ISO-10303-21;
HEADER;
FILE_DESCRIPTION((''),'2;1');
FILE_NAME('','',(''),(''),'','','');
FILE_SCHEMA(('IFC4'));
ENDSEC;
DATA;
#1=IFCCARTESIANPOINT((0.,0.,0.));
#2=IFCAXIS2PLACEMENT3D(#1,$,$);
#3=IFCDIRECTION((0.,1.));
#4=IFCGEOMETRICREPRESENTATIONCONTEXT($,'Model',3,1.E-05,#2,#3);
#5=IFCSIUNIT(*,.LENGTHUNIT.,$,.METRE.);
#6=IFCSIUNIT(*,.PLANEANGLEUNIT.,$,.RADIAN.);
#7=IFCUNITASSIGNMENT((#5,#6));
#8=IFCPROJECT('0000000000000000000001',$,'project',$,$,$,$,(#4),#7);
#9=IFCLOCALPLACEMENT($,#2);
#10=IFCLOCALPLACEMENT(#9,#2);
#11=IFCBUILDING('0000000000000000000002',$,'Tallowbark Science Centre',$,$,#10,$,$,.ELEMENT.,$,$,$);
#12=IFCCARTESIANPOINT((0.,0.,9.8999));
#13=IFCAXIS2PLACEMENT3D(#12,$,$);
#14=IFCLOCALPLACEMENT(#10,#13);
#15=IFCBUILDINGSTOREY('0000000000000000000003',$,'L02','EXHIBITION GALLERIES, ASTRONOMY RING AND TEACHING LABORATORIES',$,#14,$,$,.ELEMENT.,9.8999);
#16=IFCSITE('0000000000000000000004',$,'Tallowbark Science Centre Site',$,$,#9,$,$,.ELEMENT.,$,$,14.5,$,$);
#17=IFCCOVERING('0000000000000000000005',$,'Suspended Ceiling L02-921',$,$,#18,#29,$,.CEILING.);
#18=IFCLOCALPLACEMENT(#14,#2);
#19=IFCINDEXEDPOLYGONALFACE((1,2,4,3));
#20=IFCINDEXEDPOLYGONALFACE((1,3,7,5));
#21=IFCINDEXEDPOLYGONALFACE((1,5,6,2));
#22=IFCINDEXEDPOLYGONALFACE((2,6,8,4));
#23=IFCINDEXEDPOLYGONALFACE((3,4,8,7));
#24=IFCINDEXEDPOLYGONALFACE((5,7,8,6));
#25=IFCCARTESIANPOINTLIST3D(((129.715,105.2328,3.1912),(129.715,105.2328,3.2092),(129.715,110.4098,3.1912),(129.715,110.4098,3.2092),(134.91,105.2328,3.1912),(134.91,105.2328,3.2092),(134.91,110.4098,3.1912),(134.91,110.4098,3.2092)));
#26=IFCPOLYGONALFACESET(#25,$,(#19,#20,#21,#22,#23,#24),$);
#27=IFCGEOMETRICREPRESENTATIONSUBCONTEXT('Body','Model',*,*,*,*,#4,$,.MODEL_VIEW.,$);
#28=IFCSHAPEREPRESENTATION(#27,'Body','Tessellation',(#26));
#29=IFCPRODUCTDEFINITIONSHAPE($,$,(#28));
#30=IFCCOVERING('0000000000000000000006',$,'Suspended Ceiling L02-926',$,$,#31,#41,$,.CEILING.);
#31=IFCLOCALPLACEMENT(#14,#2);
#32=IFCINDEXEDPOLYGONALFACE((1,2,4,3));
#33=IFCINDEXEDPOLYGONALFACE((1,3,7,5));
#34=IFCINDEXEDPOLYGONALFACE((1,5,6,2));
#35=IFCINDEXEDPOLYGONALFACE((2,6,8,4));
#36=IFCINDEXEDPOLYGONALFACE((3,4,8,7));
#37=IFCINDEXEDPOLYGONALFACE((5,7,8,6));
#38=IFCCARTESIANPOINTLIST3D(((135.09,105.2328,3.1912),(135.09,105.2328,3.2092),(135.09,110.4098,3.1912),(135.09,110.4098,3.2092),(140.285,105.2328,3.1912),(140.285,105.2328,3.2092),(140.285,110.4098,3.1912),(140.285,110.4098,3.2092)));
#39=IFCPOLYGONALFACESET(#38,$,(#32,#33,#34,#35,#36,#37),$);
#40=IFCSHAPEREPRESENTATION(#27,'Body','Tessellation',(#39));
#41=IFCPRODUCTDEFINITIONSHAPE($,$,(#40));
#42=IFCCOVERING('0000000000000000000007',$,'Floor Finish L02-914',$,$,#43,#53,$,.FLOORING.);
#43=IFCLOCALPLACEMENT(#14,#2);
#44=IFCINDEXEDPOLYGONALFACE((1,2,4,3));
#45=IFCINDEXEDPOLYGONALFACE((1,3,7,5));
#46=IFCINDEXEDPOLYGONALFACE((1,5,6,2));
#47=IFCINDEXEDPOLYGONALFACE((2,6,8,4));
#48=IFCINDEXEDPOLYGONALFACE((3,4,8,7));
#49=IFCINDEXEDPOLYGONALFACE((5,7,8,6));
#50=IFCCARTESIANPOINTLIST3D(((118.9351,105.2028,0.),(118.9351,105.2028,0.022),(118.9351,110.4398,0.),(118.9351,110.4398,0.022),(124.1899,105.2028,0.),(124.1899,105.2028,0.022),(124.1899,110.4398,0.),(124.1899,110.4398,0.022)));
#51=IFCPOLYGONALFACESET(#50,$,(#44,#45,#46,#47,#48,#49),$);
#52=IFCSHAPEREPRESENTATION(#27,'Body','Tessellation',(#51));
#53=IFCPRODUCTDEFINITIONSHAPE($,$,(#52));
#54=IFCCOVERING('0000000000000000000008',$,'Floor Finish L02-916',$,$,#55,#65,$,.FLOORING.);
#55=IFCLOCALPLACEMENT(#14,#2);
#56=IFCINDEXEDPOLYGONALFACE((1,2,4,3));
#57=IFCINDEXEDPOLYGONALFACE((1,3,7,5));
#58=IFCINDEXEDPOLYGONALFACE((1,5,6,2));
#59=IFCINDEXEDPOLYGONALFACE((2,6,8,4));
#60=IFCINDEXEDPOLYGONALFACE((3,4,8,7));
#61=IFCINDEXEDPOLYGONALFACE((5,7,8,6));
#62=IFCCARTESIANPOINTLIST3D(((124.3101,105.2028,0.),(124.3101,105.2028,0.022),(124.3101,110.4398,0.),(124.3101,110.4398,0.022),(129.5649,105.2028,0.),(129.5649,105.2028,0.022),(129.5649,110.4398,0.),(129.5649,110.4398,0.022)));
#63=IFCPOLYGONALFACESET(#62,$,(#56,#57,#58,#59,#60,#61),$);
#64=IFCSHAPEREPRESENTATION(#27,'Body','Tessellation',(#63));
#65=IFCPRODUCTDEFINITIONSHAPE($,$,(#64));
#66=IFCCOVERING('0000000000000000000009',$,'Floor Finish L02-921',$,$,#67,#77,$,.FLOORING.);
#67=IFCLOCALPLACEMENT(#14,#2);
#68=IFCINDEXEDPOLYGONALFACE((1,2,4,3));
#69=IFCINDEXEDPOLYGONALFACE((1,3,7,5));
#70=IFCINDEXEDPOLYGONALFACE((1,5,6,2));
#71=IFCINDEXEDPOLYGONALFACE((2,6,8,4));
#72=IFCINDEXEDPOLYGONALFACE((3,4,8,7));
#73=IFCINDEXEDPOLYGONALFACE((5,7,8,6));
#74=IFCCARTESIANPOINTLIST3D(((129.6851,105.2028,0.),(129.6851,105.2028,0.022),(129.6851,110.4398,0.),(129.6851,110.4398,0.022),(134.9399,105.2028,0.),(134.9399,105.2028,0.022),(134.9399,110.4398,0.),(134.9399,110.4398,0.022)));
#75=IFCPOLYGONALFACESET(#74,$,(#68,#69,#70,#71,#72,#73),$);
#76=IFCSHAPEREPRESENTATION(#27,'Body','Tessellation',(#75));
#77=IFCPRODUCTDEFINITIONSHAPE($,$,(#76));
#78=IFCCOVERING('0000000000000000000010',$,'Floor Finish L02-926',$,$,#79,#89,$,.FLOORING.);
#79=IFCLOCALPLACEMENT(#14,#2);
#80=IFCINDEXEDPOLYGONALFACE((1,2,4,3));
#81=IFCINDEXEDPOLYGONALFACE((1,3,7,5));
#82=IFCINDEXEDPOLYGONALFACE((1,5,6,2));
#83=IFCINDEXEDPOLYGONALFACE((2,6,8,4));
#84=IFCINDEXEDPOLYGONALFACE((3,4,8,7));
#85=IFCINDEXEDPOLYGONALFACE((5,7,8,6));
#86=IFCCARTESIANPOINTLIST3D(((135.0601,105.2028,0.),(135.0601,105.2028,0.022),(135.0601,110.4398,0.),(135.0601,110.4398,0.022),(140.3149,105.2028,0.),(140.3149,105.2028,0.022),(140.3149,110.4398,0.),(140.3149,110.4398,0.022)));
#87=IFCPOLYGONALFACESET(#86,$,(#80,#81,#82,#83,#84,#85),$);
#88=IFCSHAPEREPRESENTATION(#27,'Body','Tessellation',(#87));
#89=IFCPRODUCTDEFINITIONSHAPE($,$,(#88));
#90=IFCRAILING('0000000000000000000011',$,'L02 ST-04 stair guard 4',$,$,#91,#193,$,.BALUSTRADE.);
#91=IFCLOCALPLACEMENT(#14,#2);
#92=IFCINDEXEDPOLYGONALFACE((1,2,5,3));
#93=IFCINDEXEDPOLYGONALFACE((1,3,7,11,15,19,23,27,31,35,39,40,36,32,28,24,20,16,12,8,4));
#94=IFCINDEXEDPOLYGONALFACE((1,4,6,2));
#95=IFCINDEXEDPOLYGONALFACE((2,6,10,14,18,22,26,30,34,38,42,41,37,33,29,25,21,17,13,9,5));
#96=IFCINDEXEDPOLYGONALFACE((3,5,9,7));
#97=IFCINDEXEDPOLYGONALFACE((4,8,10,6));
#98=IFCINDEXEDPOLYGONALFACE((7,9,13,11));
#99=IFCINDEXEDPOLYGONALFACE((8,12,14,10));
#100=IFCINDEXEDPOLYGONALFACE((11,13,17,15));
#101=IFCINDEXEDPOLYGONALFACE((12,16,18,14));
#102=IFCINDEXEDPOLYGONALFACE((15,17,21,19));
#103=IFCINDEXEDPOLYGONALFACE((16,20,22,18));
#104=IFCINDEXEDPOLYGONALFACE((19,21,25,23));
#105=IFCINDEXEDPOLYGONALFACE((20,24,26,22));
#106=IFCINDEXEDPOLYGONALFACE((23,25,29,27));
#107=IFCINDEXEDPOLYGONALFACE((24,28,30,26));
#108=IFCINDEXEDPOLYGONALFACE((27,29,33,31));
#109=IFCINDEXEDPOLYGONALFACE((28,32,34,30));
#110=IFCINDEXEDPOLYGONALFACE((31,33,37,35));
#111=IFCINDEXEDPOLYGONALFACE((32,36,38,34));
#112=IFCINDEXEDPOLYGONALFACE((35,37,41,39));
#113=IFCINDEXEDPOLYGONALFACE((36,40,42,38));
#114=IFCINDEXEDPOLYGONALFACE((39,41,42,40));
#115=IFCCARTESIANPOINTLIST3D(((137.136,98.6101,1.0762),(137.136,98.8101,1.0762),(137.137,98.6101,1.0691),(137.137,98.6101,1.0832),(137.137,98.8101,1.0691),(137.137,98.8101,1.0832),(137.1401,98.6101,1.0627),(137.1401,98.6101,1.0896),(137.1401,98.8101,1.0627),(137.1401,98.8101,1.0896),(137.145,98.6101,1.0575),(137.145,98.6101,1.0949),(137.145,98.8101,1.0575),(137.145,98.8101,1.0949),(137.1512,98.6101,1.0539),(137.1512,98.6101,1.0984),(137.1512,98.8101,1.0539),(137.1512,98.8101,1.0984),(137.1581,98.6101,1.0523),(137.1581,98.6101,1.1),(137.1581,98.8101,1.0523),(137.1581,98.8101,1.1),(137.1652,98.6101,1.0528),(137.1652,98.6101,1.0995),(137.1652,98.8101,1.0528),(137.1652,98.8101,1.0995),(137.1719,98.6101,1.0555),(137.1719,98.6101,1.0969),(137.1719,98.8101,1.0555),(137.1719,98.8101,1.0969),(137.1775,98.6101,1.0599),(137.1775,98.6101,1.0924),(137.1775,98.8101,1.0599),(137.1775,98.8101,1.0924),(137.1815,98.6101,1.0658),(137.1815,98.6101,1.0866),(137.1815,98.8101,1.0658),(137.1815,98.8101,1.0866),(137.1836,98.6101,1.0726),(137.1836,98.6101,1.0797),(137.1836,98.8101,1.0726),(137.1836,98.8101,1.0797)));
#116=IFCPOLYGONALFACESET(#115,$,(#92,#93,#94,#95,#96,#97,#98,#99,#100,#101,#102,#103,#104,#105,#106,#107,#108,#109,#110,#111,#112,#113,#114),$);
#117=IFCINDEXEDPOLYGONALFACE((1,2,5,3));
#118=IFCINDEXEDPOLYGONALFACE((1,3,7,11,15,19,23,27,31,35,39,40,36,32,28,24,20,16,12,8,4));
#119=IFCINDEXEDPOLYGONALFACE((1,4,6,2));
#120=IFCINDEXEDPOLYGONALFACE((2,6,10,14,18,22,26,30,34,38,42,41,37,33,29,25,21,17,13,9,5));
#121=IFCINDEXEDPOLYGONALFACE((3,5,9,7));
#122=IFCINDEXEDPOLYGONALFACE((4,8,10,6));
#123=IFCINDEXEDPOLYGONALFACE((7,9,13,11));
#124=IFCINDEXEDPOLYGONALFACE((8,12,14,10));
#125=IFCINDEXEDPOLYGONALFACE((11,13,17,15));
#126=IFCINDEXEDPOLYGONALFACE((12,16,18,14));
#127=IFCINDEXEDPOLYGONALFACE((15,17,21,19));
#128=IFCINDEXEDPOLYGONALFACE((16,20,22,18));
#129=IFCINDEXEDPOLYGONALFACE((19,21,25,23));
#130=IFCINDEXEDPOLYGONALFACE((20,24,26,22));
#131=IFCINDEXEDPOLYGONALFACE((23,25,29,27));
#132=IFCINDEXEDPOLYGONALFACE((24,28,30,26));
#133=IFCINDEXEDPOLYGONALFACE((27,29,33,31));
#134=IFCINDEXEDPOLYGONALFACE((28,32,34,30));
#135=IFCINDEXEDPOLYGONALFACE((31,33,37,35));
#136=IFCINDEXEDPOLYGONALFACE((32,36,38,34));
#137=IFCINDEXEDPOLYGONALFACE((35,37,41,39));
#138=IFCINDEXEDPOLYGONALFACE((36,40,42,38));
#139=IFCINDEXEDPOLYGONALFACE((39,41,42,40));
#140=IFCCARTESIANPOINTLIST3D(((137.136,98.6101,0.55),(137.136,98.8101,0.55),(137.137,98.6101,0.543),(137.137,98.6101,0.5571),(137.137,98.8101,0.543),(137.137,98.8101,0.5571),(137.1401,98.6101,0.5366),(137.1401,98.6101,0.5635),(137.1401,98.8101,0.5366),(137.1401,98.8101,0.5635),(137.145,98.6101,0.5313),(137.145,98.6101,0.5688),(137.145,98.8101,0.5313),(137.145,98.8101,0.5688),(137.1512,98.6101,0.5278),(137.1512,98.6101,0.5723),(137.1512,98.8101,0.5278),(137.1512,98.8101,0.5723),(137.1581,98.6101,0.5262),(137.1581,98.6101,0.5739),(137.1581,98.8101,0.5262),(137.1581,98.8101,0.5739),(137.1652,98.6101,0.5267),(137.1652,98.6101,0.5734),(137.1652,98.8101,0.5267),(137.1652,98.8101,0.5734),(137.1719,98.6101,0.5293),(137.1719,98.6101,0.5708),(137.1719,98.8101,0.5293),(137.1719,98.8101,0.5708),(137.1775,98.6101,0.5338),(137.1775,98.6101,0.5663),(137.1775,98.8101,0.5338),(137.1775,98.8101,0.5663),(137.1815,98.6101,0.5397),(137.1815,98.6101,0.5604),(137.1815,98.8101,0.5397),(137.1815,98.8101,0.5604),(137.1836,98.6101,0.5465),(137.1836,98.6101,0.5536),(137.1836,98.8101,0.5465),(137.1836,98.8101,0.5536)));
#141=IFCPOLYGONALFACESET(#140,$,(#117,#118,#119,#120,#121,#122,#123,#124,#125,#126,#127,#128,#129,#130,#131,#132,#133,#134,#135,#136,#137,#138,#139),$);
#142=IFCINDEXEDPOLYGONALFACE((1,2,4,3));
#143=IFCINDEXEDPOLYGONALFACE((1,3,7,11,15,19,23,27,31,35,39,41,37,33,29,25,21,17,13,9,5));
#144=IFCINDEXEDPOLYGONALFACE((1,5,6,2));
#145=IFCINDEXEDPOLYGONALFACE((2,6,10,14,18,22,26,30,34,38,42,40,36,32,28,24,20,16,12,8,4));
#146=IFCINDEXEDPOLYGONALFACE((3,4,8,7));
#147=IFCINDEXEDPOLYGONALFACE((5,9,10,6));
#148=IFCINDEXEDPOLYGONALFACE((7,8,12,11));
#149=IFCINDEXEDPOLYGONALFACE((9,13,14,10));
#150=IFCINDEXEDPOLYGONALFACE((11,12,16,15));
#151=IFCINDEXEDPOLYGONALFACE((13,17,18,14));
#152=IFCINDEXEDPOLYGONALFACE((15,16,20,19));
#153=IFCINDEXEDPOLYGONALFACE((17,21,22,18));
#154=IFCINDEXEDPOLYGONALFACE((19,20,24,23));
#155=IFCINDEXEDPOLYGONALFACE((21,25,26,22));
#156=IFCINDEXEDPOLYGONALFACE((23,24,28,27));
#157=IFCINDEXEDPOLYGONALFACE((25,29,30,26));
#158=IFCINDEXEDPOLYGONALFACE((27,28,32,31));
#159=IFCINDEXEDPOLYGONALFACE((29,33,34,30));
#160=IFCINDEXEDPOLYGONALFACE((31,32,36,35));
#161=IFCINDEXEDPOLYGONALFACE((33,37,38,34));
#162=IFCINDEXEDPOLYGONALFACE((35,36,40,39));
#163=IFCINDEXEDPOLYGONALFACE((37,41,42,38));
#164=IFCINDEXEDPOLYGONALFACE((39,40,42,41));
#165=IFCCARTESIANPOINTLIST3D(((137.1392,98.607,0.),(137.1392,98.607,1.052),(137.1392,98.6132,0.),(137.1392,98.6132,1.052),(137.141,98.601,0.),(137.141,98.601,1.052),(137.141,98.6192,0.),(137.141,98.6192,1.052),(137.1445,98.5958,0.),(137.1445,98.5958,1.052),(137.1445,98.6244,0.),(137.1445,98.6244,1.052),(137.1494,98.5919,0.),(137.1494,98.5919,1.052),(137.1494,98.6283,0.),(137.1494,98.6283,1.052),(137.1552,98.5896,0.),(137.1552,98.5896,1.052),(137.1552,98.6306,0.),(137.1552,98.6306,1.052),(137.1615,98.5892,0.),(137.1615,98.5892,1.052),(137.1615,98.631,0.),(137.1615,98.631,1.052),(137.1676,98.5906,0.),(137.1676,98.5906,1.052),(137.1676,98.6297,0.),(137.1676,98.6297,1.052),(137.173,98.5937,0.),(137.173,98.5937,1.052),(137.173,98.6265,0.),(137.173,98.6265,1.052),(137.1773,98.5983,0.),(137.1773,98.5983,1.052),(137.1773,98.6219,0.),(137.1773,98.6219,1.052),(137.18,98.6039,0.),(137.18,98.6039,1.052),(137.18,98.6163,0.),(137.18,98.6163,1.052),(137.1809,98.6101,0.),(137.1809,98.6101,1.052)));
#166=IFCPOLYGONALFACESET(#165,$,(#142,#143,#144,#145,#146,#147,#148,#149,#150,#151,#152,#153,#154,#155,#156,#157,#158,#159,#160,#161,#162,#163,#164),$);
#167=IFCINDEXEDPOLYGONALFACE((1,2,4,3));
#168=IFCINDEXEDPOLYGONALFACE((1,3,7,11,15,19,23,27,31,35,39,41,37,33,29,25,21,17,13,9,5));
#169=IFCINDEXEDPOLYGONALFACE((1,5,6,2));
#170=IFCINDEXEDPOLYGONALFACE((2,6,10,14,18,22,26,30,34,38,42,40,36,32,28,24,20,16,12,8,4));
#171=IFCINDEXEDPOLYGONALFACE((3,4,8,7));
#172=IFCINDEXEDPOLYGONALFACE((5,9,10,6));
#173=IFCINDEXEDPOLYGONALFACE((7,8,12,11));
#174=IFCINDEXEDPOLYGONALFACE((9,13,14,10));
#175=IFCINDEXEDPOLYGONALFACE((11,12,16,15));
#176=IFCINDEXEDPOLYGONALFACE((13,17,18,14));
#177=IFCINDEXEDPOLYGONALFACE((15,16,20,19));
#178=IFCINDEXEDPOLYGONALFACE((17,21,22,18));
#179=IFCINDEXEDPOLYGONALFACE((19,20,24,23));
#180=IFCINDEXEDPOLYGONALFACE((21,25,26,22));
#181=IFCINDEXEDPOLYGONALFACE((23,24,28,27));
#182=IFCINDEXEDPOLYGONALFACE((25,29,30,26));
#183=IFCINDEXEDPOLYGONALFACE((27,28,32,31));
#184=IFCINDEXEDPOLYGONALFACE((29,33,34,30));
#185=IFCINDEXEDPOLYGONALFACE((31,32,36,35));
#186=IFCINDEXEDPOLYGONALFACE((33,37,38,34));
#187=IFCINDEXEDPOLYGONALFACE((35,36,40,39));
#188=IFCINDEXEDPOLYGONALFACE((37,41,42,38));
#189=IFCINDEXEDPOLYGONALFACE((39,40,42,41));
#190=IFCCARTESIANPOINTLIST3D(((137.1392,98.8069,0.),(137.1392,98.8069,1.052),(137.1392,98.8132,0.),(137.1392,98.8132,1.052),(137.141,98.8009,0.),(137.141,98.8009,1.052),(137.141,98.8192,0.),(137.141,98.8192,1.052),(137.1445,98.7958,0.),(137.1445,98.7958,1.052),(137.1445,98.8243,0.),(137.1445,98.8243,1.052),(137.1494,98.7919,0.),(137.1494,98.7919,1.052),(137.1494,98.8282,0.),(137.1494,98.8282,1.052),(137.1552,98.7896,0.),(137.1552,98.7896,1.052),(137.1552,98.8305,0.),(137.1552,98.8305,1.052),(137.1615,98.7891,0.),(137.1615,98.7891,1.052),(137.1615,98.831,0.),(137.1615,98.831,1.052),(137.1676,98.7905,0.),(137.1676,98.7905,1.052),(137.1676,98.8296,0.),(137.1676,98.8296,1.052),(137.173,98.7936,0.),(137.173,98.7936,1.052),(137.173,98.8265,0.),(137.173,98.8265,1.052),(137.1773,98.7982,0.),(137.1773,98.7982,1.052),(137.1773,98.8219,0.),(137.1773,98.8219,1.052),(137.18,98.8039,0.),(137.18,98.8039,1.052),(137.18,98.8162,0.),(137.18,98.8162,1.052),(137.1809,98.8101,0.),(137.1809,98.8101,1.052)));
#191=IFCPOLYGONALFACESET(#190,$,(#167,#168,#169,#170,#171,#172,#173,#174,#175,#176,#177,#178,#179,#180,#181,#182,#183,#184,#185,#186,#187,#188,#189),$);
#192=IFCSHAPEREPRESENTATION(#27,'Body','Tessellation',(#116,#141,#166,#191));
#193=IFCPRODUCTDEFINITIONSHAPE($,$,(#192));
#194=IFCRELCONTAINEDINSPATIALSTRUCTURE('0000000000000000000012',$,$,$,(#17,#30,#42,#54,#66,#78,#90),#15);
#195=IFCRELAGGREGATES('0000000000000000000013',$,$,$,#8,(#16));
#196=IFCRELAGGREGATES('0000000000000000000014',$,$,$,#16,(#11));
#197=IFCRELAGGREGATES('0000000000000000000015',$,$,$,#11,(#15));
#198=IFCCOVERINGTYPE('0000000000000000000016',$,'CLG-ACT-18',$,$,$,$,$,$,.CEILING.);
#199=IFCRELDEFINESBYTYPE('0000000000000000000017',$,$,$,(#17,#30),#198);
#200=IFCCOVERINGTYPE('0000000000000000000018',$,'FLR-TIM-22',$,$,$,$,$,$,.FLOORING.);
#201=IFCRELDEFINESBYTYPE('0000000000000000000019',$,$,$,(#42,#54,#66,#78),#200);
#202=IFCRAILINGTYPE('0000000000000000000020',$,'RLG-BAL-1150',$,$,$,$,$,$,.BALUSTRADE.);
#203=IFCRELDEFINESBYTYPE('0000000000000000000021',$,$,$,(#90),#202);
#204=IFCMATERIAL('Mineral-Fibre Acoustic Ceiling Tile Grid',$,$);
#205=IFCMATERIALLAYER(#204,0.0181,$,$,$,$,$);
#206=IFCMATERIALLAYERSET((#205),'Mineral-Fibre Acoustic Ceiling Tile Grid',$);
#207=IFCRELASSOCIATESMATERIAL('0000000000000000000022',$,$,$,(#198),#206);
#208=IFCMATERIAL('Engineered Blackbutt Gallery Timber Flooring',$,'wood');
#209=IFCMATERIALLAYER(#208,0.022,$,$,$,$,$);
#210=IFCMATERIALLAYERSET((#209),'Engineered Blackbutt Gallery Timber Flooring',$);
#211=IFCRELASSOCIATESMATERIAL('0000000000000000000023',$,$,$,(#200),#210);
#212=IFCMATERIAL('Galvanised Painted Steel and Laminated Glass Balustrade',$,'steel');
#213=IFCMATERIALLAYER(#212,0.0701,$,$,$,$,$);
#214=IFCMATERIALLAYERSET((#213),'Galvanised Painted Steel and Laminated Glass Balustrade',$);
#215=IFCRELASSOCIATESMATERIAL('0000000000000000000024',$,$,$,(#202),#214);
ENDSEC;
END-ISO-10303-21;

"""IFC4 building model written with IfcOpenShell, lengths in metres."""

from ifc_helpers import new_model, si_unit, direction, frame, origin, origin_2d, place, context, subcontext, project, spatial, rectangle, circle, extrude, material, layer, layer_set, type_object, element, save


model = new_model("IFC4")

# Units and contexts
model_context = context("Model", 3, precision=1e-05, world=origin(), true_north=direction((0.0, 1.0)))
body_context = subcontext(model_context, "Body", "Model", "MODEL_VIEW")
ifc_project = project(units=[si_unit("LENGTHUNIT", "METRE"), si_unit("PLANEANGLEUNIT", "RADIAN")], contexts=[model_context])

# Site, building, storey
site_placement = place(None, origin())
site = spatial("IfcSite", under=ifc_project, at=site_placement, Name="Tallowbark Science Centre Site", CompositionType="ELEMENT", RefElevation=14.5)
building_placement = place(site_placement, origin())
building = spatial("IfcBuilding", under=site, at=building_placement, Name="Tallowbark Science Centre", CompositionType="ELEMENT")
storey_placement = place(building_placement, frame((0.0, 0.0, 9.8999)))
storey = spatial("IfcBuildingStorey", under=building, at=storey_placement, Name="L02", Description="EXHIBITION GALLERIES, ASTRONOMY RING AND TEACHING LABORATORIES", CompositionType="ELEMENT", Elevation=9.8999)

# Coverings
ifc_material_1 = material(Name="Mineral-Fibre Acoustic Ceiling Tile Grid")
ifc_layer_1 = layer(ifc_material_1, 0.0181)
ifc_layer_set_1 = layer_set([ifc_layer_1], Name="Mineral-Fibre Acoustic Ceiling Tile Grid")
covering_type_1 = type_object("IfcCoveringType", Name="CLG-ACT-18", PredefinedType="CEILING", material=ifc_layer_set_1)
for number, where, z_axis, x_axis, name in (
    (1, (132.3125, 107.8213, 3.1912), (0.0, 0.0, 1.0), (1.0, 0.0, 0.0), "Suspended Ceiling L02-921"),
    (2, (137.6875, 107.8213, 3.1912), (0.0, 0.0, 1.0), (1.0, 0.0, 0.0), "Suspended Ceiling L02-926"),
):
    element("IfcCovering", number, at=place(storey_placement, frame(where, z_axis=z_axis, x_axis=x_axis)), inside=storey, type_object=covering_type_1, Name=name, PredefinedType="CEILING", context=body_context, shape_type="SweptSolid", body=[
        extrude(rectangle(XDim=5.1951, YDim=5.177, at=origin_2d()), origin(), (0.0, 0.0, 1.0), 0.0181),
    ])
ifc_material_2 = material(Name="Engineered Blackbutt Gallery Timber Flooring", Category="wood")
ifc_layer_2 = layer(ifc_material_2, 0.022)
ifc_layer_set_2 = layer_set([ifc_layer_2], Name="Engineered Blackbutt Gallery Timber Flooring")
covering_type_2 = type_object("IfcCoveringType", Name="FLR-TIM-22", PredefinedType="FLOORING", material=ifc_layer_set_2)
for number, where, z_axis, x_axis, name in (
    (3, (121.5625, 107.8213, 0.0), (0.0, 0.0, 1.0), (1.0, 0.0, 0.0), "Floor Finish L02-914"),
    (4, (126.9375, 107.8213, 0.0), (0.0, 0.0, 1.0), (1.0, 0.0, 0.0), "Floor Finish L02-916"),
    (5, (132.3125, 107.8213, 0.0), (0.0, 0.0, 1.0), (1.0, 0.0, 0.0), "Floor Finish L02-921"),
    (6, (137.6875, 107.8213, 0.0), (0.0, 0.0, 1.0), (1.0, 0.0, 0.0), "Floor Finish L02-926"),
):
    element("IfcCovering", number, at=place(storey_placement, frame(where, z_axis=z_axis, x_axis=x_axis)), inside=storey, type_object=covering_type_2, Name=name, PredefinedType="FLOORING", context=body_context, shape_type="SweptSolid", body=[
        extrude(rectangle(XDim=5.2549, YDim=5.2371, at=origin_2d()), origin(), (0.0, 0.0, 1.0), 0.022),
    ])

# Railing
ifc_material_3 = material(Name="Galvanised Painted Steel and Laminated Glass Balustrade", Category="steel")
ifc_layer_3 = layer(ifc_material_3, 0.0701)
ifc_layer_set_3 = layer_set([ifc_layer_3], Name="Galvanised Painted Steel and Laminated Glass Balustrade")
railing_type_1 = type_object("IfcRailingType", Name="RLG-BAL-1150", PredefinedType="BALUSTRADE", material=ifc_layer_set_3)
railing_1_placement = place(storey_placement, frame((137.1599, 98.6101, 0.0)))
element("IfcRailing", 7, at=railing_1_placement, inside=storey, type_object=railing_type_1, Name="L02 ST-04 stair guard 4", PredefinedType="BALUSTRADE", context=body_context, shape_type="SweptSolid", body=[
    extrude(circle(Radius=0.0239, at=origin_2d()), frame((0.0, 0.0, 1.0762), z_axis=(0.0, 1.0, 0.0), x_axis=(-1.0, 0.0, 0.0)), (0.0, 0.0, 1.0), 0.2),
    extrude(circle(Radius=0.0239, at=origin_2d()), frame((0.0, 0.0, 0.55), z_axis=(0.0, 1.0, 0.0), x_axis=(-1.0, 0.0, 0.0)), (0.0, 0.0, 1.0), 0.2),
    extrude(circle(Radius=0.021, at=origin_2d()), origin(), (0.0, 0.0, 1.0), 1.052),
    extrude(circle(Radius=0.021, at=origin_2d()), frame((0.0, 0.2, 0.0)), (0.0, 0.0, 1.0), 1.052),
])

save(model, "model.ifc")
